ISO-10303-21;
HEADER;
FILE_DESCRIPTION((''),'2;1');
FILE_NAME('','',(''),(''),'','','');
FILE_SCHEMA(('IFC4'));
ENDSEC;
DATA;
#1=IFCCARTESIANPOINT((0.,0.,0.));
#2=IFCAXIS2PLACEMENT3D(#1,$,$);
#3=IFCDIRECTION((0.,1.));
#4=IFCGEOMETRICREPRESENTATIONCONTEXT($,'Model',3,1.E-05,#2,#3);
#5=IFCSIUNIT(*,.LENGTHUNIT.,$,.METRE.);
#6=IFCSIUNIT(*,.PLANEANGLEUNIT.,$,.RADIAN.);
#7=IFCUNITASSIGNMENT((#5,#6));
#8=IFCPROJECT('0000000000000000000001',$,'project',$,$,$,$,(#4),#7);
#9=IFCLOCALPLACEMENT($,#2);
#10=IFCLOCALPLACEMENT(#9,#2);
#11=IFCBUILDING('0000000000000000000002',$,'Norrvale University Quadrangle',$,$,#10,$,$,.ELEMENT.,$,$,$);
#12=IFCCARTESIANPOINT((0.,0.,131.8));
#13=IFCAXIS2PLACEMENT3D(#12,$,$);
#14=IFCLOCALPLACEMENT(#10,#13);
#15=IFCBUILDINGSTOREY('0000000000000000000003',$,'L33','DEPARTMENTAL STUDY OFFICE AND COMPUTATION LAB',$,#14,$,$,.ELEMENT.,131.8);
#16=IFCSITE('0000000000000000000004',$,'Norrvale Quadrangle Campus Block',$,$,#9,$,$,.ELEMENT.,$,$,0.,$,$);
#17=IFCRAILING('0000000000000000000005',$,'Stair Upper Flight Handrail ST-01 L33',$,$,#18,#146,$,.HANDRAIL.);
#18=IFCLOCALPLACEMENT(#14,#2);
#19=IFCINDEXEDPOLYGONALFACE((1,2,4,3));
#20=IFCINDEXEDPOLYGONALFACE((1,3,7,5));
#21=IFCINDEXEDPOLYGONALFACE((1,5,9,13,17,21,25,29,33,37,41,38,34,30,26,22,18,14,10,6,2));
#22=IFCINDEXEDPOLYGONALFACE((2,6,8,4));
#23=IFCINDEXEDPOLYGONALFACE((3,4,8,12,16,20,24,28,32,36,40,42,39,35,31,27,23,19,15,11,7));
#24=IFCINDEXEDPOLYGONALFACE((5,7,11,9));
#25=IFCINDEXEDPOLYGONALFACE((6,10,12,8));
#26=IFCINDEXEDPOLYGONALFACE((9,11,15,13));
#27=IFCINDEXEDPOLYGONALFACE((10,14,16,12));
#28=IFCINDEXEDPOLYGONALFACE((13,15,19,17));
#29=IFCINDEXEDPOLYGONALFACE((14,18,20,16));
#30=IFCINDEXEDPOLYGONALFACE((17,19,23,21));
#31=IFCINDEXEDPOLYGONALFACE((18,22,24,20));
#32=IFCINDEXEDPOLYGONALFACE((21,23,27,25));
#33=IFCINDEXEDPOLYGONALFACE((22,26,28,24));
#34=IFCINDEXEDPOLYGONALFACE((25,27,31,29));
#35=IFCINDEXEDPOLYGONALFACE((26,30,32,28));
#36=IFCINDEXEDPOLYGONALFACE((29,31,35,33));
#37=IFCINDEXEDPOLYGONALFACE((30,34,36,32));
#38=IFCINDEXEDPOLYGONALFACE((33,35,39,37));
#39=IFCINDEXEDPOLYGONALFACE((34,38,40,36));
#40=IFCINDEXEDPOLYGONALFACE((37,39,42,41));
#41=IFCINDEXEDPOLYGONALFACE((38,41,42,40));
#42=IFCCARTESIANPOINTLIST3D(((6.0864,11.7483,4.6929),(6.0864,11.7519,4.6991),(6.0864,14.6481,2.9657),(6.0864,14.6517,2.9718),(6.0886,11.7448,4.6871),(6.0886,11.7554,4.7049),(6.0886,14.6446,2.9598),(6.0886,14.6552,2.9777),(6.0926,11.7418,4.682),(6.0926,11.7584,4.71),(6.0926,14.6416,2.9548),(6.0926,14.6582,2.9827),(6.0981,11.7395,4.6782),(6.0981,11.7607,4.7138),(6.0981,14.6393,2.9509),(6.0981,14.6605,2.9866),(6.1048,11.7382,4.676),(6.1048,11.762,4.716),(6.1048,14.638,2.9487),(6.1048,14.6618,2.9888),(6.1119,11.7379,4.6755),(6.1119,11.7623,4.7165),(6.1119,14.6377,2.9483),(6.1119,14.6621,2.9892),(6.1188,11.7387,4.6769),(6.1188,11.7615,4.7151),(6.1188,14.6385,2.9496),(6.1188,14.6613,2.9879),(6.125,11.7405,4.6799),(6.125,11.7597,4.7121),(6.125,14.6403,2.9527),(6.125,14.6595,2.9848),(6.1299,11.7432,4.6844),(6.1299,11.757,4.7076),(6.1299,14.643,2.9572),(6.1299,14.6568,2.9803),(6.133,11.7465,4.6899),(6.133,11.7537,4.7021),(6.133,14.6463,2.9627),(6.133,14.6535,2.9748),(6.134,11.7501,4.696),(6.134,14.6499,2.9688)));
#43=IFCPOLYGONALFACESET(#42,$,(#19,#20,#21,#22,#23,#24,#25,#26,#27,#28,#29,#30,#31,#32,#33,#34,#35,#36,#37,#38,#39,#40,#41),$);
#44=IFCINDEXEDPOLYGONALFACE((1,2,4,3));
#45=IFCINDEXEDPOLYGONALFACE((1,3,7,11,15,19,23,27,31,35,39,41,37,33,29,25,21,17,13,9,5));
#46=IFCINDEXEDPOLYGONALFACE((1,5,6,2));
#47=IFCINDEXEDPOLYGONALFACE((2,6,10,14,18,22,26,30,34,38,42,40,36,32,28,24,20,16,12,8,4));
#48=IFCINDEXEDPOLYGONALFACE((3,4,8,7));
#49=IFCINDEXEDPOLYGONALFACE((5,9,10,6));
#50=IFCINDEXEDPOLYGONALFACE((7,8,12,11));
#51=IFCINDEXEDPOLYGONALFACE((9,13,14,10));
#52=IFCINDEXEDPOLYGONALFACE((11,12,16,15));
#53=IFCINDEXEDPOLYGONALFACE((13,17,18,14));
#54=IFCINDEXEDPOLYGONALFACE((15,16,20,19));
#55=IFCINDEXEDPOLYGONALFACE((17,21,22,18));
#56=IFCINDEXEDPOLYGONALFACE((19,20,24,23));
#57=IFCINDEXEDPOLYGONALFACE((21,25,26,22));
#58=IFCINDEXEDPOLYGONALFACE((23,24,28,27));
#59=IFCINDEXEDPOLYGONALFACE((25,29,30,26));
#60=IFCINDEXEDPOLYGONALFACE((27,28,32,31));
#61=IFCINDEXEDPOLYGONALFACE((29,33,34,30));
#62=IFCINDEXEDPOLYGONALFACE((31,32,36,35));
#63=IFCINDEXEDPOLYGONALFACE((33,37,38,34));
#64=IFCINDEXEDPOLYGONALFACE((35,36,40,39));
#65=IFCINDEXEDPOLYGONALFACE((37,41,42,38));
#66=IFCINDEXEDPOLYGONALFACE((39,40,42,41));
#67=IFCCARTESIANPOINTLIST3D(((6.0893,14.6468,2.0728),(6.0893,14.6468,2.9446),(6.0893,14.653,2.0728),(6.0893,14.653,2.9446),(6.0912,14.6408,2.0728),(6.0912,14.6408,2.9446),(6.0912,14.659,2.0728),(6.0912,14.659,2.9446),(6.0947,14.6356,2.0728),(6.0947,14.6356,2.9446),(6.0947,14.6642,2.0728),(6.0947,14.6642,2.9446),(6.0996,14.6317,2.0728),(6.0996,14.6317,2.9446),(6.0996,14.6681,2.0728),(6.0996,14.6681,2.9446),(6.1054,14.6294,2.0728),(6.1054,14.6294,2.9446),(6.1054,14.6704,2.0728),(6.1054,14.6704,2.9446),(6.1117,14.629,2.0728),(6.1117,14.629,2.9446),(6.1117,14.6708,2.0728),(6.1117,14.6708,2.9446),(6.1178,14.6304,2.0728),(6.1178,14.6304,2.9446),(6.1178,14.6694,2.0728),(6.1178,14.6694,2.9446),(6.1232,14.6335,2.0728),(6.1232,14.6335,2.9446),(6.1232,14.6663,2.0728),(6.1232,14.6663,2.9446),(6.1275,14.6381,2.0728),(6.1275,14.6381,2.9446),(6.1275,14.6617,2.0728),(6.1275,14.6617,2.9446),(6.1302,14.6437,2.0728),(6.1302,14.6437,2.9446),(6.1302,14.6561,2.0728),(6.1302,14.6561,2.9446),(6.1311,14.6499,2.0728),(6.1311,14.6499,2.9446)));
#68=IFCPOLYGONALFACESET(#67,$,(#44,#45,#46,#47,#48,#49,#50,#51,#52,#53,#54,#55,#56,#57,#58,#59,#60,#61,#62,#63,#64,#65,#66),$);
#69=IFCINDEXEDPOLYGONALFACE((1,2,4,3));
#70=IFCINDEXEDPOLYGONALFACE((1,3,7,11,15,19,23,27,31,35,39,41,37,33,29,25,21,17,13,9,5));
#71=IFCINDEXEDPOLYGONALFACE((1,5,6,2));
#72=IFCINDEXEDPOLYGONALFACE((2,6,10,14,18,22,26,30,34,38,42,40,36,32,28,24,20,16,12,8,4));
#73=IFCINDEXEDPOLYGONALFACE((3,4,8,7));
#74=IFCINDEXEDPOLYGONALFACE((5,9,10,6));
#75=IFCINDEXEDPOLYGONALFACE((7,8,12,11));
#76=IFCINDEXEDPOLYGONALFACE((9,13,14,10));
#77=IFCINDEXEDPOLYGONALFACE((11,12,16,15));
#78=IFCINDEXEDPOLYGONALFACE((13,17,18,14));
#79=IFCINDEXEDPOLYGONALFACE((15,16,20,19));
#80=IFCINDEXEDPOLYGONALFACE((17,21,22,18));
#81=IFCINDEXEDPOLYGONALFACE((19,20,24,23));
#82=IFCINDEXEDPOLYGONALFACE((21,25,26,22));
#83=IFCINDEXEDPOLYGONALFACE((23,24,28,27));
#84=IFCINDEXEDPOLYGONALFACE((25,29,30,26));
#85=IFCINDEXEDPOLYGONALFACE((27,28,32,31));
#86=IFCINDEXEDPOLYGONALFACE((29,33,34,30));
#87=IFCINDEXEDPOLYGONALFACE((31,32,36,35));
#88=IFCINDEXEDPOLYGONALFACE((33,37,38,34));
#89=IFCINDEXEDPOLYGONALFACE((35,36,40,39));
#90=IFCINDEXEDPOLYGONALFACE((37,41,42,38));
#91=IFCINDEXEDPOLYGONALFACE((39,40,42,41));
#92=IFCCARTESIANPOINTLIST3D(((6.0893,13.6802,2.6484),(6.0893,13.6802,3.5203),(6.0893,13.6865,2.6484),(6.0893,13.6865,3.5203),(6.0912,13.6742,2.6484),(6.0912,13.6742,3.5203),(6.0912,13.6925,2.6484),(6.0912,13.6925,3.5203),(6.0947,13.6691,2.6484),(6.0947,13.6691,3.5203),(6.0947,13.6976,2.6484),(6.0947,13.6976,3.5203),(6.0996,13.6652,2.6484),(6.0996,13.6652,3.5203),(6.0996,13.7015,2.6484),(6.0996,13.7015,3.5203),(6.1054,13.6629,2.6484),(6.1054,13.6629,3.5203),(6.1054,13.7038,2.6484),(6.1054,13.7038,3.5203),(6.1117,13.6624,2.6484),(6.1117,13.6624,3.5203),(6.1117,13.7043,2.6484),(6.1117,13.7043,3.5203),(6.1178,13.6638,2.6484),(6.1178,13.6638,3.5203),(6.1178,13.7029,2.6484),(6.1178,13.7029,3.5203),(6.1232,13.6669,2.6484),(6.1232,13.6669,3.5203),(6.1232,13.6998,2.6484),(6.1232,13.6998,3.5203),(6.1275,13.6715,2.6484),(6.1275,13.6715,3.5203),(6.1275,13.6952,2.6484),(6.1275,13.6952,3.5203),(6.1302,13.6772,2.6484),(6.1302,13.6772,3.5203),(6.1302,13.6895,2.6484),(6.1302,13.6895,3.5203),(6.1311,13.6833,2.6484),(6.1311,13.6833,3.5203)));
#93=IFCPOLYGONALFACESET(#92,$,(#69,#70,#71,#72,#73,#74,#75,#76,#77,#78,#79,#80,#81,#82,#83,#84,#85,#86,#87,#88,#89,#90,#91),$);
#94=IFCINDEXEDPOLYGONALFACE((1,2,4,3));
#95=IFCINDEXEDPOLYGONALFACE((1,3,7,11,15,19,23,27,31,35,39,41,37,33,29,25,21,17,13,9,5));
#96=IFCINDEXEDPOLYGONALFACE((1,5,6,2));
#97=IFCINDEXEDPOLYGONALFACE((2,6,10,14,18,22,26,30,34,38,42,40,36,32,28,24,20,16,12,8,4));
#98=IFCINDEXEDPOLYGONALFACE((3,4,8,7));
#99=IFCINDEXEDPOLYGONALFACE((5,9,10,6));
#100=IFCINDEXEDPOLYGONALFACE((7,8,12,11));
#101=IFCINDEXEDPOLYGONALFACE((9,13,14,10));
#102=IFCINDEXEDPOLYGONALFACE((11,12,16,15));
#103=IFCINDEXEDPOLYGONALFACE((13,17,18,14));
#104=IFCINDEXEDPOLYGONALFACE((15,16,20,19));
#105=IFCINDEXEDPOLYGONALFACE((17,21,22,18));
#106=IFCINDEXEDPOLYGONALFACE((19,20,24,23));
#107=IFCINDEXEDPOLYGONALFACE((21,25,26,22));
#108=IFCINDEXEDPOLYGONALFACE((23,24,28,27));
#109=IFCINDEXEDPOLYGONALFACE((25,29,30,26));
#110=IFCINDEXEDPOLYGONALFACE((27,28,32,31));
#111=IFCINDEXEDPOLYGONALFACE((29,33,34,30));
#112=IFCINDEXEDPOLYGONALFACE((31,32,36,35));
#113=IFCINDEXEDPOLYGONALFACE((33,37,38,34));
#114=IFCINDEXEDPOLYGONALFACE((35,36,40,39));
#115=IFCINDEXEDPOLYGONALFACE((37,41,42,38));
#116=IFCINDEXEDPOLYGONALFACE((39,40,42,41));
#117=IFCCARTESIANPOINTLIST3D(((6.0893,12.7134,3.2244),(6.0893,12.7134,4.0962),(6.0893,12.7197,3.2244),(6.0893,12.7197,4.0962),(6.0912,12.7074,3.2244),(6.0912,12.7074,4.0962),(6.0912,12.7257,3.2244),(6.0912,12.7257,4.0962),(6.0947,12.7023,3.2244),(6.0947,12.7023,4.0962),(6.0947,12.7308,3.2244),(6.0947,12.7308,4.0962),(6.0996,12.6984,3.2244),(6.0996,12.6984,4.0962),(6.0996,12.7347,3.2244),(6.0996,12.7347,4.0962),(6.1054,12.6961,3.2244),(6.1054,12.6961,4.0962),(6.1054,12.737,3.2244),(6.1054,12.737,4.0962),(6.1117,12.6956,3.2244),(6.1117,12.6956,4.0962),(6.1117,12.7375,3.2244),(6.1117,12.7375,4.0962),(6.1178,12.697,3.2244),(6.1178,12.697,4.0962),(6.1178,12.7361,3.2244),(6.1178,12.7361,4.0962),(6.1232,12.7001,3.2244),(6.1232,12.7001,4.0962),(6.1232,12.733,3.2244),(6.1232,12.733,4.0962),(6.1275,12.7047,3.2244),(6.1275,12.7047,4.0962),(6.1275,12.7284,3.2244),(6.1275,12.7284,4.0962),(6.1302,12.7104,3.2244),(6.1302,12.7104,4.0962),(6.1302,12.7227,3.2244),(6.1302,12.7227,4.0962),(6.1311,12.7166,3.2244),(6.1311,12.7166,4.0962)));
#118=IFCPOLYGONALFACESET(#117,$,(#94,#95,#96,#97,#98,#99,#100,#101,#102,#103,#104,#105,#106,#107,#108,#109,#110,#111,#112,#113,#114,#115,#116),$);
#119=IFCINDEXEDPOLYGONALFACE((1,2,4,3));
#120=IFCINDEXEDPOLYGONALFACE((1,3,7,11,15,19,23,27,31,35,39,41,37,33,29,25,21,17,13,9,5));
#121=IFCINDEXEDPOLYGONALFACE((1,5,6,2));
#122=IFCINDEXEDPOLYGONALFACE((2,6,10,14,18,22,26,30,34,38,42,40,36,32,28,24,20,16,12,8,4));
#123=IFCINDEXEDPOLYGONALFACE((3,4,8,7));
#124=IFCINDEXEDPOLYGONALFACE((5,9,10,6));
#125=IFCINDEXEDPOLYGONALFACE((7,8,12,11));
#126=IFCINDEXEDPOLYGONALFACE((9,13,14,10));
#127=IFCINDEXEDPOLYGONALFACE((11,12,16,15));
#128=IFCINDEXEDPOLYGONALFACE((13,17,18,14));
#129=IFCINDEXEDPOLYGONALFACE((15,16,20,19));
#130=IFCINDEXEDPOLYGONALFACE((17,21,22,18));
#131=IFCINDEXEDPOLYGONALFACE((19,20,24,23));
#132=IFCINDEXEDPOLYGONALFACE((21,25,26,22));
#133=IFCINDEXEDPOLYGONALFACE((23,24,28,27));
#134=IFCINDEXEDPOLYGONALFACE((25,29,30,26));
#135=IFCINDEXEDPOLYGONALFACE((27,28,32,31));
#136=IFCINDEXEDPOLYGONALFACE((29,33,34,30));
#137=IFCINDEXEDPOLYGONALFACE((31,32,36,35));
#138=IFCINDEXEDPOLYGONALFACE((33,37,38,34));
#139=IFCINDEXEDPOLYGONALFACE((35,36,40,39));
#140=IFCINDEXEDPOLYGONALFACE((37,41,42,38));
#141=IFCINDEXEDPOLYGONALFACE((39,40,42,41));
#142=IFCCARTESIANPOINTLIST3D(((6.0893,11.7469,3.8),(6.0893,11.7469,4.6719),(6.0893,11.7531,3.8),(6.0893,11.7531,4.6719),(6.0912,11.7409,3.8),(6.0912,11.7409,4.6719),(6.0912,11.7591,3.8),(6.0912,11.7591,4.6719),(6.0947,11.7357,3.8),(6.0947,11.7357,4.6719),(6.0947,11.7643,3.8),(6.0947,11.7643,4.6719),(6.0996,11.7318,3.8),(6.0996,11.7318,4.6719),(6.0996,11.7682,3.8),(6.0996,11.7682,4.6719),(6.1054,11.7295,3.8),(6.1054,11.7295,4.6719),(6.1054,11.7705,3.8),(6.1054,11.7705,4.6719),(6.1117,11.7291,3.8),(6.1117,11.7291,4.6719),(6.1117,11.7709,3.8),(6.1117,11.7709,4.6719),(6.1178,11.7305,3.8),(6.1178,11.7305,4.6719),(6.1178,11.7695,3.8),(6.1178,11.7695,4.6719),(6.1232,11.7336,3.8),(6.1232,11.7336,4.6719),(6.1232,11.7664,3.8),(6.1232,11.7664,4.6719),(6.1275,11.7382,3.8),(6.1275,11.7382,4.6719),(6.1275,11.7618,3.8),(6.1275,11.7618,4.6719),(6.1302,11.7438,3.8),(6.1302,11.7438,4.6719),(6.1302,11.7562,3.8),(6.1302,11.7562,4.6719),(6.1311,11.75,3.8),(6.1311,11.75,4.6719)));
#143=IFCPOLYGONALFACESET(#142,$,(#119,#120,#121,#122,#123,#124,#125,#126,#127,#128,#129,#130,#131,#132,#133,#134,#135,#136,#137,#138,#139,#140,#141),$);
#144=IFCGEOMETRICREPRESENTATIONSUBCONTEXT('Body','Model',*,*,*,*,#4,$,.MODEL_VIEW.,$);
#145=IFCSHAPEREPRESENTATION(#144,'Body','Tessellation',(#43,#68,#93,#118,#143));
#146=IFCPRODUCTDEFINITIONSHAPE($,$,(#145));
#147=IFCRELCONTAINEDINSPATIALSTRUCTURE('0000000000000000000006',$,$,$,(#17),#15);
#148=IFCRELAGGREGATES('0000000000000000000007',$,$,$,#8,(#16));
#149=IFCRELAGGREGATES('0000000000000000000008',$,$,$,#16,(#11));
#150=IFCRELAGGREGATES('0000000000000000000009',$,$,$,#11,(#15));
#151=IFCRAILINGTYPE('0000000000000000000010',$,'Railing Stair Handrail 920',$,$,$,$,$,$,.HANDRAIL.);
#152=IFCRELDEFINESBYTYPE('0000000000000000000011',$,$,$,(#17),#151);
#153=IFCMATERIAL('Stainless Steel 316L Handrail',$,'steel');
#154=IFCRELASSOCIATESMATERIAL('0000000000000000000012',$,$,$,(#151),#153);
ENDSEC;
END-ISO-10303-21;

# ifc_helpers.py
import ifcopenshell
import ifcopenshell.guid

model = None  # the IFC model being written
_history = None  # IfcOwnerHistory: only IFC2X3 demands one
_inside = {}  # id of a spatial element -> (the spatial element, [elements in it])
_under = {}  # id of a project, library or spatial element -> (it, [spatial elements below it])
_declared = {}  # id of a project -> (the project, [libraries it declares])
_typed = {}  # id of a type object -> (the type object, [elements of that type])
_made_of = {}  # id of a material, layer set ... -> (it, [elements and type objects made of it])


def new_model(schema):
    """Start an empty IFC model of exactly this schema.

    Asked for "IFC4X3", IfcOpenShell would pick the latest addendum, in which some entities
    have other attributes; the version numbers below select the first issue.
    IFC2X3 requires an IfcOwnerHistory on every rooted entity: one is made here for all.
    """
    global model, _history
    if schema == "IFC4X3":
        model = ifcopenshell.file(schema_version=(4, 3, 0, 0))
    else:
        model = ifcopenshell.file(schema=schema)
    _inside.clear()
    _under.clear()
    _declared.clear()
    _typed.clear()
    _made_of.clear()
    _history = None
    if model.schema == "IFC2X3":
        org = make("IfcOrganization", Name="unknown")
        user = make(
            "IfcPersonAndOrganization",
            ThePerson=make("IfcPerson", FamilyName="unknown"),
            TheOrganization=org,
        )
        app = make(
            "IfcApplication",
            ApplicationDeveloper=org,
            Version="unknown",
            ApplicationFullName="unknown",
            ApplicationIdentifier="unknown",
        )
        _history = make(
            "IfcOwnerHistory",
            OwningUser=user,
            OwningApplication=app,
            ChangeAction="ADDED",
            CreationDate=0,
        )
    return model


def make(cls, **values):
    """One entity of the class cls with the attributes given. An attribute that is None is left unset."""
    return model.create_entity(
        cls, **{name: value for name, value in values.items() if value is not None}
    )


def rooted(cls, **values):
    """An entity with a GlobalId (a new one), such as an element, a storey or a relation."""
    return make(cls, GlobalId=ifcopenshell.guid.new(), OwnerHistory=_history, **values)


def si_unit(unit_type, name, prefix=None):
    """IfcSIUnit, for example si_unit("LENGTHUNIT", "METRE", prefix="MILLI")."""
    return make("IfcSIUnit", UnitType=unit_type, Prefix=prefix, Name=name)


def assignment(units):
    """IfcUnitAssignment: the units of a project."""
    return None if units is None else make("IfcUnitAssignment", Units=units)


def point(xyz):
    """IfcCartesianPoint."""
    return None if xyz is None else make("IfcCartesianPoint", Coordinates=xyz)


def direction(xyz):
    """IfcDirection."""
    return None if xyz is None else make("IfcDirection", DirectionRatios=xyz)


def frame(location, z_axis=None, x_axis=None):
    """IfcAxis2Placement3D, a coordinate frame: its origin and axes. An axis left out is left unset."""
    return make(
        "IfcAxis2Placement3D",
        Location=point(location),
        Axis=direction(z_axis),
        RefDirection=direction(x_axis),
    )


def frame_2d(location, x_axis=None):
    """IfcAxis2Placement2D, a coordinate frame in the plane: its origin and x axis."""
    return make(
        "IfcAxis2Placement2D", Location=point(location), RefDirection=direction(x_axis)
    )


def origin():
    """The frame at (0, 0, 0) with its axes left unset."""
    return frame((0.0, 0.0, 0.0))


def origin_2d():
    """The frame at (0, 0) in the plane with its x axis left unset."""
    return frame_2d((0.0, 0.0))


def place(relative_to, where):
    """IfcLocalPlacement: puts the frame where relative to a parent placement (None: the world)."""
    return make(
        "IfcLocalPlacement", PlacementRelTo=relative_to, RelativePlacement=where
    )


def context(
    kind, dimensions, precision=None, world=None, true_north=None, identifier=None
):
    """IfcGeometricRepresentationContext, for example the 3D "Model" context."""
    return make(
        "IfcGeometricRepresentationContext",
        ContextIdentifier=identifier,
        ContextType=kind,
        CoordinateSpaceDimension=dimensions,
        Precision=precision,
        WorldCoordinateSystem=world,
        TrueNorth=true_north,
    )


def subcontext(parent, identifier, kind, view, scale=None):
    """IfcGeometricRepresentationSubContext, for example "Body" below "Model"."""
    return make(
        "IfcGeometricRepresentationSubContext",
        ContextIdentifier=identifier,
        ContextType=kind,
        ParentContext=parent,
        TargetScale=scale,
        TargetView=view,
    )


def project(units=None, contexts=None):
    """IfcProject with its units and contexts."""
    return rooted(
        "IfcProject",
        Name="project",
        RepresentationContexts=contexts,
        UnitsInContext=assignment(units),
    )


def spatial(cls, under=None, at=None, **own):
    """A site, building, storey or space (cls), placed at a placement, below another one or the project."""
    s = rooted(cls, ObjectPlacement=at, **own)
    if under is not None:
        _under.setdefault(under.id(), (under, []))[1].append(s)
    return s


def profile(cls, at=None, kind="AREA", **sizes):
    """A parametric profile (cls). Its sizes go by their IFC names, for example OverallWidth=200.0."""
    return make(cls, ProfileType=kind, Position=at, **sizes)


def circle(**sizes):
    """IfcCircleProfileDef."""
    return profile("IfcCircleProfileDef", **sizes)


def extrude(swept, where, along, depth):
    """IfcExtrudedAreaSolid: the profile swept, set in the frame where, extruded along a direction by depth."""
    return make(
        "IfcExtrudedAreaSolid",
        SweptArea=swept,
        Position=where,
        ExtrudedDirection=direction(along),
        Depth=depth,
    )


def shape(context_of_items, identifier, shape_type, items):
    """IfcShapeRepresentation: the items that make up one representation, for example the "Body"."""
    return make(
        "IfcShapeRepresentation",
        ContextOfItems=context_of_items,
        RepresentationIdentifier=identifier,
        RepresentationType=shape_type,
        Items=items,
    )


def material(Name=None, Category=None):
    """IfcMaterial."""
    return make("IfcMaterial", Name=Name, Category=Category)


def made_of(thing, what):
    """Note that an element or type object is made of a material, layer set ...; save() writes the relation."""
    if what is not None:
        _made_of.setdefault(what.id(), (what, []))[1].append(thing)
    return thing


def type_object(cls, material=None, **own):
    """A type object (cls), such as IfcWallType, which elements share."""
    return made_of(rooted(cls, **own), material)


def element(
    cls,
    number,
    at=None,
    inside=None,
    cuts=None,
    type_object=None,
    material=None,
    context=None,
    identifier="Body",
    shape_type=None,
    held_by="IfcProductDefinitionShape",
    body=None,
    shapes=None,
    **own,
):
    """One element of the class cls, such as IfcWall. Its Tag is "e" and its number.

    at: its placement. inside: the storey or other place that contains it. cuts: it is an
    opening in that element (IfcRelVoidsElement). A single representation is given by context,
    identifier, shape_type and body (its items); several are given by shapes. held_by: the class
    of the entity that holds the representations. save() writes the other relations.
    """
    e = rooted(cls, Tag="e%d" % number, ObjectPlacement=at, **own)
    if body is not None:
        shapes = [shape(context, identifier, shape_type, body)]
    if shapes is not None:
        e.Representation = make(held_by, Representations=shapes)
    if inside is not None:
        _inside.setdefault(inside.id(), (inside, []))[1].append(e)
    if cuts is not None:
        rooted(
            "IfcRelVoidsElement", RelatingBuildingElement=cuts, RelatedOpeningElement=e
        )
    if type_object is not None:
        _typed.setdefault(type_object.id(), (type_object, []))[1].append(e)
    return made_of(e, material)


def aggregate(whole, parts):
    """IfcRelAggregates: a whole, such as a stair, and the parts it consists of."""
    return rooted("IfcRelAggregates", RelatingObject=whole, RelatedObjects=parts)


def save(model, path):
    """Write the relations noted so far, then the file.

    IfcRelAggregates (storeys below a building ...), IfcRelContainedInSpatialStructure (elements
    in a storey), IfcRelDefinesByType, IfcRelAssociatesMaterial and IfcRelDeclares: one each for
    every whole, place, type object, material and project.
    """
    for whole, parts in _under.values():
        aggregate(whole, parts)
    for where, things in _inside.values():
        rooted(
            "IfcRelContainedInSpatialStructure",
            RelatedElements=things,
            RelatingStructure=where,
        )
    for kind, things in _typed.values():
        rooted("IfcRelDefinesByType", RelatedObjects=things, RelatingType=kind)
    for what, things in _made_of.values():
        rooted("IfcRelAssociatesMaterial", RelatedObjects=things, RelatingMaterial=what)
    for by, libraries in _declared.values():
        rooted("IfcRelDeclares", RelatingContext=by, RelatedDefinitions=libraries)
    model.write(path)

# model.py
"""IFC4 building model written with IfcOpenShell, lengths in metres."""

from ifc_helpers import new_model, si_unit, direction, frame, origin, origin_2d, place, context, subcontext, project, spatial, circle, extrude, material, type_object, element, save


model = new_model("IFC4")

# Units and contexts
model_context = context("Model", 3, precision=1e-05, world=origin(), true_north=direction((0.0, 1.0)))
body_context = subcontext(model_context, "Body", "Model", "MODEL_VIEW")
ifc_project = project(units=[si_unit("LENGTHUNIT", "METRE"), si_unit("PLANEANGLEUNIT", "RADIAN")], contexts=[model_context])

# Site, building, storey
site_placement = place(None, origin())
site = spatial("IfcSite", under=ifc_project, at=site_placement, Name="Norrvale Quadrangle Campus Block", CompositionType="ELEMENT", RefElevation=0.0)
building_placement = place(site_placement, origin())
building = spatial("IfcBuilding", under=site, at=building_placement, Name="Norrvale University Quadrangle", CompositionType="ELEMENT")
storey_placement = place(building_placement, frame((0.0, 0.0, 131.8)))
storey = spatial("IfcBuildingStorey", under=building, at=storey_placement, Name="L33", Description="DEPARTMENTAL STUDY OFFICE AND COMPUTATION LAB", CompositionType="ELEMENT", Elevation=131.8)

# Railing
ifc_material_1 = material(Name="Stainless Steel 316L Handrail", Category="steel")
railing_type_1 = type_object("IfcRailingType", Name="Railing Stair Handrail 920", PredefinedType="HANDRAIL", material=ifc_material_1)
railing_1_placement = place(storey_placement, frame((6.1101, 14.6499, 2.0728)))
element("IfcRailing", 1, at=railing_1_placement, inside=storey, type_object=railing_type_1, Name="Stair Upper Flight Handrail ST-01 L33", PredefinedType="HANDRAIL", context=body_context, shape_type="SweptSolid", body=[
    extrude(circle(Radius=0.0239, at=origin_2d()), frame((0.0, 0.0, 0.896), z_axis=(0.0, -0.859141, 0.511738), x_axis=(1.0, 0.0, 0.0)), (0.0, 0.0, 1.0), 3.3752),
    extrude(circle(Radius=0.021, at=origin_2d()), origin(), (0.0, 0.0, 1.0), 0.8718),
    extrude(circle(Radius=0.021, at=origin_2d()), frame((0.0, -0.9666, 0.5757)), (0.0, 0.0, 1.0), 0.8718),
    extrude(circle(Radius=0.021, at=origin_2d()), frame((0.0, -1.9333, 1.1516)), (0.0, 0.0, 1.0), 0.8718),
    extrude(circle(Radius=0.021, at=origin_2d()), frame((0.0, -2.8999, 1.7273)), (0.0, 0.0, 1.0), 0.8718),
])

save(model, "model.ifc")
